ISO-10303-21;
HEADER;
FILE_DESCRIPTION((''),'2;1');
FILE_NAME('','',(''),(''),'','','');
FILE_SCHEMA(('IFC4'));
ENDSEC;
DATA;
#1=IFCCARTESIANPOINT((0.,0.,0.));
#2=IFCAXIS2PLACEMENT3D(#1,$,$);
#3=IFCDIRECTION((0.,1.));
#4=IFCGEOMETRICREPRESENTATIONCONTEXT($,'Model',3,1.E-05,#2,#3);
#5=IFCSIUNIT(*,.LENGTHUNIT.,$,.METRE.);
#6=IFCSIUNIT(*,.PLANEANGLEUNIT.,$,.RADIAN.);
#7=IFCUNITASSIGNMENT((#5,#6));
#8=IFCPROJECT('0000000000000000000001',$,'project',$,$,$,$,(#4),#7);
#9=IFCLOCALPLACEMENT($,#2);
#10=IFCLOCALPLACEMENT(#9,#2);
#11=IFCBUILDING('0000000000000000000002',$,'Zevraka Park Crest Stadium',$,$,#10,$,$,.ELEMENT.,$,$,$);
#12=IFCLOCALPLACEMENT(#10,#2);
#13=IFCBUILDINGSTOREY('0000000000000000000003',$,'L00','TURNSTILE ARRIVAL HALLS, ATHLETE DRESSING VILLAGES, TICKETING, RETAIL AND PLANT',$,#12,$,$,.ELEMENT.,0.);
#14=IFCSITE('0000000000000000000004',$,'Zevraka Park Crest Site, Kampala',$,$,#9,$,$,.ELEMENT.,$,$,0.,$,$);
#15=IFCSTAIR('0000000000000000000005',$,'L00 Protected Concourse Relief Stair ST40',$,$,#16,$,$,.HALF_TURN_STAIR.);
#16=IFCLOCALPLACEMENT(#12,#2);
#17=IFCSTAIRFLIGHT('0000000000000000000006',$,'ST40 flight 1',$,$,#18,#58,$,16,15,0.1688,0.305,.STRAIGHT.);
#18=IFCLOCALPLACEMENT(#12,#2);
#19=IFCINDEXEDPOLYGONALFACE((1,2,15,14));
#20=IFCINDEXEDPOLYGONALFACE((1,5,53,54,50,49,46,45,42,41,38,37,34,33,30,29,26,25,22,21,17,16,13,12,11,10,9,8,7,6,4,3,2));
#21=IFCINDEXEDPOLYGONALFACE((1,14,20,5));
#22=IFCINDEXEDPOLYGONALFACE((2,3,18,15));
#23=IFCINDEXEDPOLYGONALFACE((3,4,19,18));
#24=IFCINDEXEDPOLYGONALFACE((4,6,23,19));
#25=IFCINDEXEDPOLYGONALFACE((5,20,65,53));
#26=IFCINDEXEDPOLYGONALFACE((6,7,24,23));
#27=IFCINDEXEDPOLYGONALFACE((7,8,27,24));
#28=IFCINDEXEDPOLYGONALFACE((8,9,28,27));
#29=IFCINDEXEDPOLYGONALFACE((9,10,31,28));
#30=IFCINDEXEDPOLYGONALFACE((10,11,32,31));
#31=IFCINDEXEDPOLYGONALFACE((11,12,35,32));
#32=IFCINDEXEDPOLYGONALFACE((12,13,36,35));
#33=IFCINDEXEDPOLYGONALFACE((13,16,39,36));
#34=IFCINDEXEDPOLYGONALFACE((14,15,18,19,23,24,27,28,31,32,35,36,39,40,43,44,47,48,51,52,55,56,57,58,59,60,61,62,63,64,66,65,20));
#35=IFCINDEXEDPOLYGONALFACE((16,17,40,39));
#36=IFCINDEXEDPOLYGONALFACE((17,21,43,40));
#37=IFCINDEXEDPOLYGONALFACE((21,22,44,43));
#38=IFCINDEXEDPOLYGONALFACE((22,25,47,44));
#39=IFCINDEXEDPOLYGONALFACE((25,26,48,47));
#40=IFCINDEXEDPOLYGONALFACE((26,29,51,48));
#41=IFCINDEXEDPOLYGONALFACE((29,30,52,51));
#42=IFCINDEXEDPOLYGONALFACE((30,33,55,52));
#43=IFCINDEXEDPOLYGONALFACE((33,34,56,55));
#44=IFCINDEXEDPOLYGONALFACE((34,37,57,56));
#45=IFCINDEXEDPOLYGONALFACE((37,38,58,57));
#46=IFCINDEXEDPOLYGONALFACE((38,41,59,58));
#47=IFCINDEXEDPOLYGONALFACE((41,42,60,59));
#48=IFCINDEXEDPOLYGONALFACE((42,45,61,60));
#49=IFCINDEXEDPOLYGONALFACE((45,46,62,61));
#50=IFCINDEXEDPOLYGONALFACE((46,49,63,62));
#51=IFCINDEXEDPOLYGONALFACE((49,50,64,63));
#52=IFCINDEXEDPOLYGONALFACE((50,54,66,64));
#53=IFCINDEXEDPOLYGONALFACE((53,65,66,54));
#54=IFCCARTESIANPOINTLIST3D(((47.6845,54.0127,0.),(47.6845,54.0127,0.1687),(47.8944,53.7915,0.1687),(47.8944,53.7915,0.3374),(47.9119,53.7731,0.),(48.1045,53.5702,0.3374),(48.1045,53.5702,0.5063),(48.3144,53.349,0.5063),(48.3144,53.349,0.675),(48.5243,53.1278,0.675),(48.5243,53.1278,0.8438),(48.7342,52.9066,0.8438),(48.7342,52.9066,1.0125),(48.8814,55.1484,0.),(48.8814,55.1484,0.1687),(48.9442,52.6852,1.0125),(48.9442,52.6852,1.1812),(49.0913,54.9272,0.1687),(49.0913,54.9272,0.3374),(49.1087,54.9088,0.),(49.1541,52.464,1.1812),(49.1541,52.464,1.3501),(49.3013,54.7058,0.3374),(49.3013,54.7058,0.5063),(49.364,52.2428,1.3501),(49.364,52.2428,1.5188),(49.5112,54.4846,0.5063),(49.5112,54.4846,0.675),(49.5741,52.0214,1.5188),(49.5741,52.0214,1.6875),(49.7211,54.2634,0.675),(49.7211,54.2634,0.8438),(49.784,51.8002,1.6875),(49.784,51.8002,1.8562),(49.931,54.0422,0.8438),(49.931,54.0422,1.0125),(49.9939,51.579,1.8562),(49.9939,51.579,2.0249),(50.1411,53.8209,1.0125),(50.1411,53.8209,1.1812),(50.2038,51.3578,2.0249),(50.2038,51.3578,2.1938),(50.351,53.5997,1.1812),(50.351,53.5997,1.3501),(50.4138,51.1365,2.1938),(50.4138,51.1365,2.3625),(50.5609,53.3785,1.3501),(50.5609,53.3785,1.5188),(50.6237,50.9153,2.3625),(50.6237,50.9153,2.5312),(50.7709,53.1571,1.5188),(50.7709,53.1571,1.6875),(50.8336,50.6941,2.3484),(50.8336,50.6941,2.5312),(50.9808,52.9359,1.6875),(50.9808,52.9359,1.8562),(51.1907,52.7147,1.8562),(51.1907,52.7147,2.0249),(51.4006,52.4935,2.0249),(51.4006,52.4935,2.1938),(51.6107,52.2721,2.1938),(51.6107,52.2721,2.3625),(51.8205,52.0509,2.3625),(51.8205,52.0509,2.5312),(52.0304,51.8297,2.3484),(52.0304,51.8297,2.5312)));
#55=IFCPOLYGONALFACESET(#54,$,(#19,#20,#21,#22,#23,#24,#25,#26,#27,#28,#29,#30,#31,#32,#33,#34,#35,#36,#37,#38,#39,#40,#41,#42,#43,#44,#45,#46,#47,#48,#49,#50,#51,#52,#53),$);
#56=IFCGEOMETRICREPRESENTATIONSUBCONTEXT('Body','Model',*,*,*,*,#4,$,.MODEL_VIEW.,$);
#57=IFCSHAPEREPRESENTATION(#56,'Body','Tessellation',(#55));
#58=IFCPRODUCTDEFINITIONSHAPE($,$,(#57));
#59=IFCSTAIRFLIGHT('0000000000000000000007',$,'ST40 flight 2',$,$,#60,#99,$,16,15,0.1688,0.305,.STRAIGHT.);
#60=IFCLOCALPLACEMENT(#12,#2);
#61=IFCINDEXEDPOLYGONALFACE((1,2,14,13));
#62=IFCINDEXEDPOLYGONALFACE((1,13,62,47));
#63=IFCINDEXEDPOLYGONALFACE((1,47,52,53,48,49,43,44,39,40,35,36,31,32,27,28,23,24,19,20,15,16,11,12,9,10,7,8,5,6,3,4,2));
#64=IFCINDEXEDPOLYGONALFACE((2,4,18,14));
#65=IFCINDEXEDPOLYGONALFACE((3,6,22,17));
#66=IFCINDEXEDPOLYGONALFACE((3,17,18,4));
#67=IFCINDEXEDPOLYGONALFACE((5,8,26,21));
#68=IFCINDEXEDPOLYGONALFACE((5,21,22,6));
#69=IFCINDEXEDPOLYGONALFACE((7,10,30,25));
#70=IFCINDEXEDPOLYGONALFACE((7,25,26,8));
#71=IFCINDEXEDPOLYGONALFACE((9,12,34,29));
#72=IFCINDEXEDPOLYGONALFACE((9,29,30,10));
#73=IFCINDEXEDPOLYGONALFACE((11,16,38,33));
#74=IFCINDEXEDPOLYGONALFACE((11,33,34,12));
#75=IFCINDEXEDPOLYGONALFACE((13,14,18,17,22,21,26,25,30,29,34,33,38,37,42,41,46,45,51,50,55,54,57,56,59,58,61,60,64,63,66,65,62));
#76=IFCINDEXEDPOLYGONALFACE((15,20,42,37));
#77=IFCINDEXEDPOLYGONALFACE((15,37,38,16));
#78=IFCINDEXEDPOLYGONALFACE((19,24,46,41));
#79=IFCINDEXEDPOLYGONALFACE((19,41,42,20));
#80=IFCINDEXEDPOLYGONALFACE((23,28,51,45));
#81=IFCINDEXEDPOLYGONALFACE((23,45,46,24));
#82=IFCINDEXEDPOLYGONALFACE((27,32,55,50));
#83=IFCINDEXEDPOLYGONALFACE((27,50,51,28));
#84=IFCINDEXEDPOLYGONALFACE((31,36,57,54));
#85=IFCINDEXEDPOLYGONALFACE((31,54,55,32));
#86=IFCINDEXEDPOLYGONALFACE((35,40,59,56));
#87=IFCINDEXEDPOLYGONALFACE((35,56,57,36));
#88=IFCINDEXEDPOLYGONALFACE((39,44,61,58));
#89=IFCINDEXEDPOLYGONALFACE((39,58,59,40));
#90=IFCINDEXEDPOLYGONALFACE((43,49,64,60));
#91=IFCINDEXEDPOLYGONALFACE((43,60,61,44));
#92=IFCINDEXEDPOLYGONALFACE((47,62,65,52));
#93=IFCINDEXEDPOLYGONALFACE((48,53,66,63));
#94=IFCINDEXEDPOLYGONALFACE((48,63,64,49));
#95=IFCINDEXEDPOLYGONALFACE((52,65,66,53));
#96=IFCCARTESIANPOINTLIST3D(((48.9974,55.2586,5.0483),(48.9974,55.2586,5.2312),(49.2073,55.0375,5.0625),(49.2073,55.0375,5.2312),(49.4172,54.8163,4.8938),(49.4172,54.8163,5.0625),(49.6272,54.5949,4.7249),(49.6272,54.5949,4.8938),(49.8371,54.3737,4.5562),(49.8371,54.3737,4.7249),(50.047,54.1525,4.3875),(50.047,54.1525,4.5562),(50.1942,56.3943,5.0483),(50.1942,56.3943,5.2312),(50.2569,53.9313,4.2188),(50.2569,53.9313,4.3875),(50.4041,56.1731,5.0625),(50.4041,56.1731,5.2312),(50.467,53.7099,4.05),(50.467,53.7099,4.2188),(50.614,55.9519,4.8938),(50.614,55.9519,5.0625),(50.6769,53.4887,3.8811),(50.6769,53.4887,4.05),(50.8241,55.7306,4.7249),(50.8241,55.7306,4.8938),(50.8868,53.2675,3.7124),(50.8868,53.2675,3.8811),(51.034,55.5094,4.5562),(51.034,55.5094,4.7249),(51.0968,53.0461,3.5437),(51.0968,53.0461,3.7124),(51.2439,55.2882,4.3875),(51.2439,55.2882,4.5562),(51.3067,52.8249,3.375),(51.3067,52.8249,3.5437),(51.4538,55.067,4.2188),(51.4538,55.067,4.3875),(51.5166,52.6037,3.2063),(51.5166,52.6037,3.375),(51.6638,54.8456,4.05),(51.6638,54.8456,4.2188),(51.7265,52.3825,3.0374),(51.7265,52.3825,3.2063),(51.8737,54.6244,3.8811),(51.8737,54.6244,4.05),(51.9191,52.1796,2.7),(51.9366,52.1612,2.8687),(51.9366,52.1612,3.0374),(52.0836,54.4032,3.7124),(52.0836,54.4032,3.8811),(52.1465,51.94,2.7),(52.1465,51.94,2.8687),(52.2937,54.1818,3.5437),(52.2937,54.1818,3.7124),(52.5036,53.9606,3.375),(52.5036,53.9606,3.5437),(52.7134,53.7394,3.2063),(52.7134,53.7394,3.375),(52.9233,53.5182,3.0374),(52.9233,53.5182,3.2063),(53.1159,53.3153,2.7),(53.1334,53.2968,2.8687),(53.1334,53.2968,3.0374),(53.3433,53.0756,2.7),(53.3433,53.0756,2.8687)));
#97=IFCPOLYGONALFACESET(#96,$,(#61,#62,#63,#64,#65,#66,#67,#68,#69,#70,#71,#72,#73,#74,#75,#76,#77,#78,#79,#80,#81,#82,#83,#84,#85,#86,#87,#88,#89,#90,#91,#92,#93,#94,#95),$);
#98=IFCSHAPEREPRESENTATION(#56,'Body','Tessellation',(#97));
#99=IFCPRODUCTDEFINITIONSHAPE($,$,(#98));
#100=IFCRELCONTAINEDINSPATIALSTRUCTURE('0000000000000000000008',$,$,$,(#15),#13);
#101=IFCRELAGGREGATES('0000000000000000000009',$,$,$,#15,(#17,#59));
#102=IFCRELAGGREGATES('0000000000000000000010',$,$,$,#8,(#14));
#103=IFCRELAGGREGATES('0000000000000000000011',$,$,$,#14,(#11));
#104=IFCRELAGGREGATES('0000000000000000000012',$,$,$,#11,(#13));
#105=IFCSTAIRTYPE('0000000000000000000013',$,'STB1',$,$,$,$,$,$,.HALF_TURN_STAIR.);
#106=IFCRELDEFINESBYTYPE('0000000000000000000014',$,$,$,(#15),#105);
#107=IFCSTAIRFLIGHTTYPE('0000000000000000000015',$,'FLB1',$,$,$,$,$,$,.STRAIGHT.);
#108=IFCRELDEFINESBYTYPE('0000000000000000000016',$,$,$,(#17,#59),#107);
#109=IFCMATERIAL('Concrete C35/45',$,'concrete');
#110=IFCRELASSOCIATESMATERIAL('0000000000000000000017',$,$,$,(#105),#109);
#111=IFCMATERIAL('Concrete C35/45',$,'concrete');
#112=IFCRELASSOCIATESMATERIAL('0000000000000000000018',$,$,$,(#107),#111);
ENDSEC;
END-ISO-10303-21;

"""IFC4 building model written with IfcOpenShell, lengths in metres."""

from ifc_helpers import new_model, si_unit, direction, frame, origin, place, context, subcontext, project, spatial, polyline, outline, extrude, material, type_object, element, aggregate, save


model = new_model("IFC4")

# Units and contexts
model_context = context("Model", 3, precision=1e-05, world=origin(), true_north=direction((0.0, 1.0)))
body_context = subcontext(model_context, "Body", "Model", "MODEL_VIEW")
ifc_project = project(units=[si_unit("LENGTHUNIT", "METRE"), si_unit("PLANEANGLEUNIT", "RADIAN")], contexts=[model_context])

# Site, building, storey
site_placement = place(None, origin())
site = spatial("IfcSite", under=ifc_project, at=site_placement, Name="Zevraka Park Crest Site, Kampala", CompositionType="ELEMENT", RefElevation=0.0)
building_placement = place(site_placement, origin())
building = spatial("IfcBuilding", under=site, at=building_placement, Name="Zevraka Park Crest Stadium", CompositionType="ELEMENT")
storey_placement = place(building_placement, origin())
storey = spatial("IfcBuildingStorey", under=building, at=storey_placement, Name="L00", Description="TURNSTILE ARRIVAL HALLS, ATHLETE DRESSING VILLAGES, TICKETING, RETAIL AND PLANT", CompositionType="ELEMENT", Elevation=0.0)

# Stair, stair flights
ifc_material_1 = material(Name="Concrete C35/45", Category="concrete")
stair_type_1 = type_object("IfcStairType", Name="STB1", PredefinedType="HALF_TURN_STAIR", material=ifc_material_1)
stair_1_placement = place(storey_placement, origin())
stair_1 = element("IfcStair", 1, at=stair_1_placement, inside=storey, type_object=stair_type_1, Name="L00 Protected Concourse Relief Stair ST40", PredefinedType="HALF_TURN_STAIR")
ifc_material_2 = material(Name="Concrete C35/45", Category="concrete")
stair_flight_type_1 = type_object("IfcStairFlightType", Name="FLB1", PredefinedType="STRAIGHT", material=ifc_material_2)
stair_flight_1_placement = place(storey_placement, frame((48.283, 54.5806, 0.0), z_axis=(0.0, 0.0, 1.0), x_axis=(0.688327, -0.725401, 0.0)))
stair_flight_1 = element("IfcStairFlight", 2, at=stair_flight_1_placement, type_object=stair_flight_type_1, Name="ST40 flight 1", NumberOfRisers=16, NumberOfTreads=15, PredefinedType="STRAIGHT", RiserHeight=0.1688, TreadLength=0.305, context=body_context, shape_type="SweptSolid", body=[
    extrude(outline(polyline([(0.0, 0.0), (0.0, 0.1687), (0.3049, 0.1687), (0.3049, 0.3374), (0.6101, 0.3374), (0.6101, 0.5063), (0.915, 0.5063), (0.915, 0.675), (1.22, 0.675), (1.22, 0.8438), (1.5249, 0.8438), (1.5249, 1.0125), (1.8301, 1.0125), (1.8301, 1.1812), (2.135, 1.1812), (2.135, 1.3501), (2.4399, 1.3501), (2.4399, 1.5188), (2.7451, 1.5188), (2.7451, 1.6875), (3.05, 1.6875), (3.05, 1.8562), (3.355, 1.8562), (3.355, 2.0249), (3.6599, 2.0249), (3.6599, 2.1938), (3.9651, 2.1938), (3.9651, 2.3625), (4.27, 2.3625), (4.27, 2.5312), (4.575, 2.5312), (4.575, 2.7), (4.575, 2.3484), (0.3303, 0.0), (0.0, 0.0)])), frame((0.0, 0.825, 0.0), z_axis=(0.0, -1.0, 0.0), x_axis=(1.0, 0.0, 0.0)), (0.0, 0.0, 1.0), 1.6499),
])
stair_flight_2_placement = place(storey_placement, frame((52.7449, 52.5078, 2.7), z_axis=(0.0, 0.0, 1.0), x_axis=(-0.688327, 0.725401, 0.0)))
stair_flight_2 = element("IfcStairFlight", 3, at=stair_flight_2_placement, type_object=stair_flight_type_1, Name="ST40 flight 2", NumberOfRisers=16, NumberOfTreads=15, PredefinedType="STRAIGHT", RiserHeight=0.1688, TreadLength=0.305, context=body_context, shape_type="SweptSolid", body=[
    extrude(outline(polyline([(0.0, 0.0), (0.0, 0.1687), (0.3049, 0.1687), (0.3049, 0.3374), (0.6101, 0.3374), (0.6101, 0.5063), (0.915, 0.5063), (0.915, 0.675), (1.22, 0.675), (1.22, 0.8438), (1.5249, 0.8438), (1.5249, 1.0125), (1.8301, 1.0125), (1.8301, 1.1812), (2.135, 1.1812), (2.135, 1.3501), (2.4399, 1.3501), (2.4399, 1.5188), (2.7451, 1.5188), (2.7451, 1.6875), (3.05, 1.6875), (3.05, 1.8562), (3.355, 1.8562), (3.355, 2.0249), (3.6599, 2.0249), (3.6599, 2.1938), (3.9651, 2.1938), (3.9651, 2.3625), (4.27, 2.3625), (4.27, 2.5312), (4.575, 2.5312), (4.575, 2.7), (4.575, 2.3484), (0.3303, 0.0), (0.0, 0.0)])), frame((0.0, 0.825, 0.0), z_axis=(0.0, -1.0, 0.0), x_axis=(1.0, 0.0, 0.0)), (0.0, 0.0, 1.0), 1.6499),
])
aggregate(stair_1, [stair_flight_1, stair_flight_2])

save(model, "model.ifc")
